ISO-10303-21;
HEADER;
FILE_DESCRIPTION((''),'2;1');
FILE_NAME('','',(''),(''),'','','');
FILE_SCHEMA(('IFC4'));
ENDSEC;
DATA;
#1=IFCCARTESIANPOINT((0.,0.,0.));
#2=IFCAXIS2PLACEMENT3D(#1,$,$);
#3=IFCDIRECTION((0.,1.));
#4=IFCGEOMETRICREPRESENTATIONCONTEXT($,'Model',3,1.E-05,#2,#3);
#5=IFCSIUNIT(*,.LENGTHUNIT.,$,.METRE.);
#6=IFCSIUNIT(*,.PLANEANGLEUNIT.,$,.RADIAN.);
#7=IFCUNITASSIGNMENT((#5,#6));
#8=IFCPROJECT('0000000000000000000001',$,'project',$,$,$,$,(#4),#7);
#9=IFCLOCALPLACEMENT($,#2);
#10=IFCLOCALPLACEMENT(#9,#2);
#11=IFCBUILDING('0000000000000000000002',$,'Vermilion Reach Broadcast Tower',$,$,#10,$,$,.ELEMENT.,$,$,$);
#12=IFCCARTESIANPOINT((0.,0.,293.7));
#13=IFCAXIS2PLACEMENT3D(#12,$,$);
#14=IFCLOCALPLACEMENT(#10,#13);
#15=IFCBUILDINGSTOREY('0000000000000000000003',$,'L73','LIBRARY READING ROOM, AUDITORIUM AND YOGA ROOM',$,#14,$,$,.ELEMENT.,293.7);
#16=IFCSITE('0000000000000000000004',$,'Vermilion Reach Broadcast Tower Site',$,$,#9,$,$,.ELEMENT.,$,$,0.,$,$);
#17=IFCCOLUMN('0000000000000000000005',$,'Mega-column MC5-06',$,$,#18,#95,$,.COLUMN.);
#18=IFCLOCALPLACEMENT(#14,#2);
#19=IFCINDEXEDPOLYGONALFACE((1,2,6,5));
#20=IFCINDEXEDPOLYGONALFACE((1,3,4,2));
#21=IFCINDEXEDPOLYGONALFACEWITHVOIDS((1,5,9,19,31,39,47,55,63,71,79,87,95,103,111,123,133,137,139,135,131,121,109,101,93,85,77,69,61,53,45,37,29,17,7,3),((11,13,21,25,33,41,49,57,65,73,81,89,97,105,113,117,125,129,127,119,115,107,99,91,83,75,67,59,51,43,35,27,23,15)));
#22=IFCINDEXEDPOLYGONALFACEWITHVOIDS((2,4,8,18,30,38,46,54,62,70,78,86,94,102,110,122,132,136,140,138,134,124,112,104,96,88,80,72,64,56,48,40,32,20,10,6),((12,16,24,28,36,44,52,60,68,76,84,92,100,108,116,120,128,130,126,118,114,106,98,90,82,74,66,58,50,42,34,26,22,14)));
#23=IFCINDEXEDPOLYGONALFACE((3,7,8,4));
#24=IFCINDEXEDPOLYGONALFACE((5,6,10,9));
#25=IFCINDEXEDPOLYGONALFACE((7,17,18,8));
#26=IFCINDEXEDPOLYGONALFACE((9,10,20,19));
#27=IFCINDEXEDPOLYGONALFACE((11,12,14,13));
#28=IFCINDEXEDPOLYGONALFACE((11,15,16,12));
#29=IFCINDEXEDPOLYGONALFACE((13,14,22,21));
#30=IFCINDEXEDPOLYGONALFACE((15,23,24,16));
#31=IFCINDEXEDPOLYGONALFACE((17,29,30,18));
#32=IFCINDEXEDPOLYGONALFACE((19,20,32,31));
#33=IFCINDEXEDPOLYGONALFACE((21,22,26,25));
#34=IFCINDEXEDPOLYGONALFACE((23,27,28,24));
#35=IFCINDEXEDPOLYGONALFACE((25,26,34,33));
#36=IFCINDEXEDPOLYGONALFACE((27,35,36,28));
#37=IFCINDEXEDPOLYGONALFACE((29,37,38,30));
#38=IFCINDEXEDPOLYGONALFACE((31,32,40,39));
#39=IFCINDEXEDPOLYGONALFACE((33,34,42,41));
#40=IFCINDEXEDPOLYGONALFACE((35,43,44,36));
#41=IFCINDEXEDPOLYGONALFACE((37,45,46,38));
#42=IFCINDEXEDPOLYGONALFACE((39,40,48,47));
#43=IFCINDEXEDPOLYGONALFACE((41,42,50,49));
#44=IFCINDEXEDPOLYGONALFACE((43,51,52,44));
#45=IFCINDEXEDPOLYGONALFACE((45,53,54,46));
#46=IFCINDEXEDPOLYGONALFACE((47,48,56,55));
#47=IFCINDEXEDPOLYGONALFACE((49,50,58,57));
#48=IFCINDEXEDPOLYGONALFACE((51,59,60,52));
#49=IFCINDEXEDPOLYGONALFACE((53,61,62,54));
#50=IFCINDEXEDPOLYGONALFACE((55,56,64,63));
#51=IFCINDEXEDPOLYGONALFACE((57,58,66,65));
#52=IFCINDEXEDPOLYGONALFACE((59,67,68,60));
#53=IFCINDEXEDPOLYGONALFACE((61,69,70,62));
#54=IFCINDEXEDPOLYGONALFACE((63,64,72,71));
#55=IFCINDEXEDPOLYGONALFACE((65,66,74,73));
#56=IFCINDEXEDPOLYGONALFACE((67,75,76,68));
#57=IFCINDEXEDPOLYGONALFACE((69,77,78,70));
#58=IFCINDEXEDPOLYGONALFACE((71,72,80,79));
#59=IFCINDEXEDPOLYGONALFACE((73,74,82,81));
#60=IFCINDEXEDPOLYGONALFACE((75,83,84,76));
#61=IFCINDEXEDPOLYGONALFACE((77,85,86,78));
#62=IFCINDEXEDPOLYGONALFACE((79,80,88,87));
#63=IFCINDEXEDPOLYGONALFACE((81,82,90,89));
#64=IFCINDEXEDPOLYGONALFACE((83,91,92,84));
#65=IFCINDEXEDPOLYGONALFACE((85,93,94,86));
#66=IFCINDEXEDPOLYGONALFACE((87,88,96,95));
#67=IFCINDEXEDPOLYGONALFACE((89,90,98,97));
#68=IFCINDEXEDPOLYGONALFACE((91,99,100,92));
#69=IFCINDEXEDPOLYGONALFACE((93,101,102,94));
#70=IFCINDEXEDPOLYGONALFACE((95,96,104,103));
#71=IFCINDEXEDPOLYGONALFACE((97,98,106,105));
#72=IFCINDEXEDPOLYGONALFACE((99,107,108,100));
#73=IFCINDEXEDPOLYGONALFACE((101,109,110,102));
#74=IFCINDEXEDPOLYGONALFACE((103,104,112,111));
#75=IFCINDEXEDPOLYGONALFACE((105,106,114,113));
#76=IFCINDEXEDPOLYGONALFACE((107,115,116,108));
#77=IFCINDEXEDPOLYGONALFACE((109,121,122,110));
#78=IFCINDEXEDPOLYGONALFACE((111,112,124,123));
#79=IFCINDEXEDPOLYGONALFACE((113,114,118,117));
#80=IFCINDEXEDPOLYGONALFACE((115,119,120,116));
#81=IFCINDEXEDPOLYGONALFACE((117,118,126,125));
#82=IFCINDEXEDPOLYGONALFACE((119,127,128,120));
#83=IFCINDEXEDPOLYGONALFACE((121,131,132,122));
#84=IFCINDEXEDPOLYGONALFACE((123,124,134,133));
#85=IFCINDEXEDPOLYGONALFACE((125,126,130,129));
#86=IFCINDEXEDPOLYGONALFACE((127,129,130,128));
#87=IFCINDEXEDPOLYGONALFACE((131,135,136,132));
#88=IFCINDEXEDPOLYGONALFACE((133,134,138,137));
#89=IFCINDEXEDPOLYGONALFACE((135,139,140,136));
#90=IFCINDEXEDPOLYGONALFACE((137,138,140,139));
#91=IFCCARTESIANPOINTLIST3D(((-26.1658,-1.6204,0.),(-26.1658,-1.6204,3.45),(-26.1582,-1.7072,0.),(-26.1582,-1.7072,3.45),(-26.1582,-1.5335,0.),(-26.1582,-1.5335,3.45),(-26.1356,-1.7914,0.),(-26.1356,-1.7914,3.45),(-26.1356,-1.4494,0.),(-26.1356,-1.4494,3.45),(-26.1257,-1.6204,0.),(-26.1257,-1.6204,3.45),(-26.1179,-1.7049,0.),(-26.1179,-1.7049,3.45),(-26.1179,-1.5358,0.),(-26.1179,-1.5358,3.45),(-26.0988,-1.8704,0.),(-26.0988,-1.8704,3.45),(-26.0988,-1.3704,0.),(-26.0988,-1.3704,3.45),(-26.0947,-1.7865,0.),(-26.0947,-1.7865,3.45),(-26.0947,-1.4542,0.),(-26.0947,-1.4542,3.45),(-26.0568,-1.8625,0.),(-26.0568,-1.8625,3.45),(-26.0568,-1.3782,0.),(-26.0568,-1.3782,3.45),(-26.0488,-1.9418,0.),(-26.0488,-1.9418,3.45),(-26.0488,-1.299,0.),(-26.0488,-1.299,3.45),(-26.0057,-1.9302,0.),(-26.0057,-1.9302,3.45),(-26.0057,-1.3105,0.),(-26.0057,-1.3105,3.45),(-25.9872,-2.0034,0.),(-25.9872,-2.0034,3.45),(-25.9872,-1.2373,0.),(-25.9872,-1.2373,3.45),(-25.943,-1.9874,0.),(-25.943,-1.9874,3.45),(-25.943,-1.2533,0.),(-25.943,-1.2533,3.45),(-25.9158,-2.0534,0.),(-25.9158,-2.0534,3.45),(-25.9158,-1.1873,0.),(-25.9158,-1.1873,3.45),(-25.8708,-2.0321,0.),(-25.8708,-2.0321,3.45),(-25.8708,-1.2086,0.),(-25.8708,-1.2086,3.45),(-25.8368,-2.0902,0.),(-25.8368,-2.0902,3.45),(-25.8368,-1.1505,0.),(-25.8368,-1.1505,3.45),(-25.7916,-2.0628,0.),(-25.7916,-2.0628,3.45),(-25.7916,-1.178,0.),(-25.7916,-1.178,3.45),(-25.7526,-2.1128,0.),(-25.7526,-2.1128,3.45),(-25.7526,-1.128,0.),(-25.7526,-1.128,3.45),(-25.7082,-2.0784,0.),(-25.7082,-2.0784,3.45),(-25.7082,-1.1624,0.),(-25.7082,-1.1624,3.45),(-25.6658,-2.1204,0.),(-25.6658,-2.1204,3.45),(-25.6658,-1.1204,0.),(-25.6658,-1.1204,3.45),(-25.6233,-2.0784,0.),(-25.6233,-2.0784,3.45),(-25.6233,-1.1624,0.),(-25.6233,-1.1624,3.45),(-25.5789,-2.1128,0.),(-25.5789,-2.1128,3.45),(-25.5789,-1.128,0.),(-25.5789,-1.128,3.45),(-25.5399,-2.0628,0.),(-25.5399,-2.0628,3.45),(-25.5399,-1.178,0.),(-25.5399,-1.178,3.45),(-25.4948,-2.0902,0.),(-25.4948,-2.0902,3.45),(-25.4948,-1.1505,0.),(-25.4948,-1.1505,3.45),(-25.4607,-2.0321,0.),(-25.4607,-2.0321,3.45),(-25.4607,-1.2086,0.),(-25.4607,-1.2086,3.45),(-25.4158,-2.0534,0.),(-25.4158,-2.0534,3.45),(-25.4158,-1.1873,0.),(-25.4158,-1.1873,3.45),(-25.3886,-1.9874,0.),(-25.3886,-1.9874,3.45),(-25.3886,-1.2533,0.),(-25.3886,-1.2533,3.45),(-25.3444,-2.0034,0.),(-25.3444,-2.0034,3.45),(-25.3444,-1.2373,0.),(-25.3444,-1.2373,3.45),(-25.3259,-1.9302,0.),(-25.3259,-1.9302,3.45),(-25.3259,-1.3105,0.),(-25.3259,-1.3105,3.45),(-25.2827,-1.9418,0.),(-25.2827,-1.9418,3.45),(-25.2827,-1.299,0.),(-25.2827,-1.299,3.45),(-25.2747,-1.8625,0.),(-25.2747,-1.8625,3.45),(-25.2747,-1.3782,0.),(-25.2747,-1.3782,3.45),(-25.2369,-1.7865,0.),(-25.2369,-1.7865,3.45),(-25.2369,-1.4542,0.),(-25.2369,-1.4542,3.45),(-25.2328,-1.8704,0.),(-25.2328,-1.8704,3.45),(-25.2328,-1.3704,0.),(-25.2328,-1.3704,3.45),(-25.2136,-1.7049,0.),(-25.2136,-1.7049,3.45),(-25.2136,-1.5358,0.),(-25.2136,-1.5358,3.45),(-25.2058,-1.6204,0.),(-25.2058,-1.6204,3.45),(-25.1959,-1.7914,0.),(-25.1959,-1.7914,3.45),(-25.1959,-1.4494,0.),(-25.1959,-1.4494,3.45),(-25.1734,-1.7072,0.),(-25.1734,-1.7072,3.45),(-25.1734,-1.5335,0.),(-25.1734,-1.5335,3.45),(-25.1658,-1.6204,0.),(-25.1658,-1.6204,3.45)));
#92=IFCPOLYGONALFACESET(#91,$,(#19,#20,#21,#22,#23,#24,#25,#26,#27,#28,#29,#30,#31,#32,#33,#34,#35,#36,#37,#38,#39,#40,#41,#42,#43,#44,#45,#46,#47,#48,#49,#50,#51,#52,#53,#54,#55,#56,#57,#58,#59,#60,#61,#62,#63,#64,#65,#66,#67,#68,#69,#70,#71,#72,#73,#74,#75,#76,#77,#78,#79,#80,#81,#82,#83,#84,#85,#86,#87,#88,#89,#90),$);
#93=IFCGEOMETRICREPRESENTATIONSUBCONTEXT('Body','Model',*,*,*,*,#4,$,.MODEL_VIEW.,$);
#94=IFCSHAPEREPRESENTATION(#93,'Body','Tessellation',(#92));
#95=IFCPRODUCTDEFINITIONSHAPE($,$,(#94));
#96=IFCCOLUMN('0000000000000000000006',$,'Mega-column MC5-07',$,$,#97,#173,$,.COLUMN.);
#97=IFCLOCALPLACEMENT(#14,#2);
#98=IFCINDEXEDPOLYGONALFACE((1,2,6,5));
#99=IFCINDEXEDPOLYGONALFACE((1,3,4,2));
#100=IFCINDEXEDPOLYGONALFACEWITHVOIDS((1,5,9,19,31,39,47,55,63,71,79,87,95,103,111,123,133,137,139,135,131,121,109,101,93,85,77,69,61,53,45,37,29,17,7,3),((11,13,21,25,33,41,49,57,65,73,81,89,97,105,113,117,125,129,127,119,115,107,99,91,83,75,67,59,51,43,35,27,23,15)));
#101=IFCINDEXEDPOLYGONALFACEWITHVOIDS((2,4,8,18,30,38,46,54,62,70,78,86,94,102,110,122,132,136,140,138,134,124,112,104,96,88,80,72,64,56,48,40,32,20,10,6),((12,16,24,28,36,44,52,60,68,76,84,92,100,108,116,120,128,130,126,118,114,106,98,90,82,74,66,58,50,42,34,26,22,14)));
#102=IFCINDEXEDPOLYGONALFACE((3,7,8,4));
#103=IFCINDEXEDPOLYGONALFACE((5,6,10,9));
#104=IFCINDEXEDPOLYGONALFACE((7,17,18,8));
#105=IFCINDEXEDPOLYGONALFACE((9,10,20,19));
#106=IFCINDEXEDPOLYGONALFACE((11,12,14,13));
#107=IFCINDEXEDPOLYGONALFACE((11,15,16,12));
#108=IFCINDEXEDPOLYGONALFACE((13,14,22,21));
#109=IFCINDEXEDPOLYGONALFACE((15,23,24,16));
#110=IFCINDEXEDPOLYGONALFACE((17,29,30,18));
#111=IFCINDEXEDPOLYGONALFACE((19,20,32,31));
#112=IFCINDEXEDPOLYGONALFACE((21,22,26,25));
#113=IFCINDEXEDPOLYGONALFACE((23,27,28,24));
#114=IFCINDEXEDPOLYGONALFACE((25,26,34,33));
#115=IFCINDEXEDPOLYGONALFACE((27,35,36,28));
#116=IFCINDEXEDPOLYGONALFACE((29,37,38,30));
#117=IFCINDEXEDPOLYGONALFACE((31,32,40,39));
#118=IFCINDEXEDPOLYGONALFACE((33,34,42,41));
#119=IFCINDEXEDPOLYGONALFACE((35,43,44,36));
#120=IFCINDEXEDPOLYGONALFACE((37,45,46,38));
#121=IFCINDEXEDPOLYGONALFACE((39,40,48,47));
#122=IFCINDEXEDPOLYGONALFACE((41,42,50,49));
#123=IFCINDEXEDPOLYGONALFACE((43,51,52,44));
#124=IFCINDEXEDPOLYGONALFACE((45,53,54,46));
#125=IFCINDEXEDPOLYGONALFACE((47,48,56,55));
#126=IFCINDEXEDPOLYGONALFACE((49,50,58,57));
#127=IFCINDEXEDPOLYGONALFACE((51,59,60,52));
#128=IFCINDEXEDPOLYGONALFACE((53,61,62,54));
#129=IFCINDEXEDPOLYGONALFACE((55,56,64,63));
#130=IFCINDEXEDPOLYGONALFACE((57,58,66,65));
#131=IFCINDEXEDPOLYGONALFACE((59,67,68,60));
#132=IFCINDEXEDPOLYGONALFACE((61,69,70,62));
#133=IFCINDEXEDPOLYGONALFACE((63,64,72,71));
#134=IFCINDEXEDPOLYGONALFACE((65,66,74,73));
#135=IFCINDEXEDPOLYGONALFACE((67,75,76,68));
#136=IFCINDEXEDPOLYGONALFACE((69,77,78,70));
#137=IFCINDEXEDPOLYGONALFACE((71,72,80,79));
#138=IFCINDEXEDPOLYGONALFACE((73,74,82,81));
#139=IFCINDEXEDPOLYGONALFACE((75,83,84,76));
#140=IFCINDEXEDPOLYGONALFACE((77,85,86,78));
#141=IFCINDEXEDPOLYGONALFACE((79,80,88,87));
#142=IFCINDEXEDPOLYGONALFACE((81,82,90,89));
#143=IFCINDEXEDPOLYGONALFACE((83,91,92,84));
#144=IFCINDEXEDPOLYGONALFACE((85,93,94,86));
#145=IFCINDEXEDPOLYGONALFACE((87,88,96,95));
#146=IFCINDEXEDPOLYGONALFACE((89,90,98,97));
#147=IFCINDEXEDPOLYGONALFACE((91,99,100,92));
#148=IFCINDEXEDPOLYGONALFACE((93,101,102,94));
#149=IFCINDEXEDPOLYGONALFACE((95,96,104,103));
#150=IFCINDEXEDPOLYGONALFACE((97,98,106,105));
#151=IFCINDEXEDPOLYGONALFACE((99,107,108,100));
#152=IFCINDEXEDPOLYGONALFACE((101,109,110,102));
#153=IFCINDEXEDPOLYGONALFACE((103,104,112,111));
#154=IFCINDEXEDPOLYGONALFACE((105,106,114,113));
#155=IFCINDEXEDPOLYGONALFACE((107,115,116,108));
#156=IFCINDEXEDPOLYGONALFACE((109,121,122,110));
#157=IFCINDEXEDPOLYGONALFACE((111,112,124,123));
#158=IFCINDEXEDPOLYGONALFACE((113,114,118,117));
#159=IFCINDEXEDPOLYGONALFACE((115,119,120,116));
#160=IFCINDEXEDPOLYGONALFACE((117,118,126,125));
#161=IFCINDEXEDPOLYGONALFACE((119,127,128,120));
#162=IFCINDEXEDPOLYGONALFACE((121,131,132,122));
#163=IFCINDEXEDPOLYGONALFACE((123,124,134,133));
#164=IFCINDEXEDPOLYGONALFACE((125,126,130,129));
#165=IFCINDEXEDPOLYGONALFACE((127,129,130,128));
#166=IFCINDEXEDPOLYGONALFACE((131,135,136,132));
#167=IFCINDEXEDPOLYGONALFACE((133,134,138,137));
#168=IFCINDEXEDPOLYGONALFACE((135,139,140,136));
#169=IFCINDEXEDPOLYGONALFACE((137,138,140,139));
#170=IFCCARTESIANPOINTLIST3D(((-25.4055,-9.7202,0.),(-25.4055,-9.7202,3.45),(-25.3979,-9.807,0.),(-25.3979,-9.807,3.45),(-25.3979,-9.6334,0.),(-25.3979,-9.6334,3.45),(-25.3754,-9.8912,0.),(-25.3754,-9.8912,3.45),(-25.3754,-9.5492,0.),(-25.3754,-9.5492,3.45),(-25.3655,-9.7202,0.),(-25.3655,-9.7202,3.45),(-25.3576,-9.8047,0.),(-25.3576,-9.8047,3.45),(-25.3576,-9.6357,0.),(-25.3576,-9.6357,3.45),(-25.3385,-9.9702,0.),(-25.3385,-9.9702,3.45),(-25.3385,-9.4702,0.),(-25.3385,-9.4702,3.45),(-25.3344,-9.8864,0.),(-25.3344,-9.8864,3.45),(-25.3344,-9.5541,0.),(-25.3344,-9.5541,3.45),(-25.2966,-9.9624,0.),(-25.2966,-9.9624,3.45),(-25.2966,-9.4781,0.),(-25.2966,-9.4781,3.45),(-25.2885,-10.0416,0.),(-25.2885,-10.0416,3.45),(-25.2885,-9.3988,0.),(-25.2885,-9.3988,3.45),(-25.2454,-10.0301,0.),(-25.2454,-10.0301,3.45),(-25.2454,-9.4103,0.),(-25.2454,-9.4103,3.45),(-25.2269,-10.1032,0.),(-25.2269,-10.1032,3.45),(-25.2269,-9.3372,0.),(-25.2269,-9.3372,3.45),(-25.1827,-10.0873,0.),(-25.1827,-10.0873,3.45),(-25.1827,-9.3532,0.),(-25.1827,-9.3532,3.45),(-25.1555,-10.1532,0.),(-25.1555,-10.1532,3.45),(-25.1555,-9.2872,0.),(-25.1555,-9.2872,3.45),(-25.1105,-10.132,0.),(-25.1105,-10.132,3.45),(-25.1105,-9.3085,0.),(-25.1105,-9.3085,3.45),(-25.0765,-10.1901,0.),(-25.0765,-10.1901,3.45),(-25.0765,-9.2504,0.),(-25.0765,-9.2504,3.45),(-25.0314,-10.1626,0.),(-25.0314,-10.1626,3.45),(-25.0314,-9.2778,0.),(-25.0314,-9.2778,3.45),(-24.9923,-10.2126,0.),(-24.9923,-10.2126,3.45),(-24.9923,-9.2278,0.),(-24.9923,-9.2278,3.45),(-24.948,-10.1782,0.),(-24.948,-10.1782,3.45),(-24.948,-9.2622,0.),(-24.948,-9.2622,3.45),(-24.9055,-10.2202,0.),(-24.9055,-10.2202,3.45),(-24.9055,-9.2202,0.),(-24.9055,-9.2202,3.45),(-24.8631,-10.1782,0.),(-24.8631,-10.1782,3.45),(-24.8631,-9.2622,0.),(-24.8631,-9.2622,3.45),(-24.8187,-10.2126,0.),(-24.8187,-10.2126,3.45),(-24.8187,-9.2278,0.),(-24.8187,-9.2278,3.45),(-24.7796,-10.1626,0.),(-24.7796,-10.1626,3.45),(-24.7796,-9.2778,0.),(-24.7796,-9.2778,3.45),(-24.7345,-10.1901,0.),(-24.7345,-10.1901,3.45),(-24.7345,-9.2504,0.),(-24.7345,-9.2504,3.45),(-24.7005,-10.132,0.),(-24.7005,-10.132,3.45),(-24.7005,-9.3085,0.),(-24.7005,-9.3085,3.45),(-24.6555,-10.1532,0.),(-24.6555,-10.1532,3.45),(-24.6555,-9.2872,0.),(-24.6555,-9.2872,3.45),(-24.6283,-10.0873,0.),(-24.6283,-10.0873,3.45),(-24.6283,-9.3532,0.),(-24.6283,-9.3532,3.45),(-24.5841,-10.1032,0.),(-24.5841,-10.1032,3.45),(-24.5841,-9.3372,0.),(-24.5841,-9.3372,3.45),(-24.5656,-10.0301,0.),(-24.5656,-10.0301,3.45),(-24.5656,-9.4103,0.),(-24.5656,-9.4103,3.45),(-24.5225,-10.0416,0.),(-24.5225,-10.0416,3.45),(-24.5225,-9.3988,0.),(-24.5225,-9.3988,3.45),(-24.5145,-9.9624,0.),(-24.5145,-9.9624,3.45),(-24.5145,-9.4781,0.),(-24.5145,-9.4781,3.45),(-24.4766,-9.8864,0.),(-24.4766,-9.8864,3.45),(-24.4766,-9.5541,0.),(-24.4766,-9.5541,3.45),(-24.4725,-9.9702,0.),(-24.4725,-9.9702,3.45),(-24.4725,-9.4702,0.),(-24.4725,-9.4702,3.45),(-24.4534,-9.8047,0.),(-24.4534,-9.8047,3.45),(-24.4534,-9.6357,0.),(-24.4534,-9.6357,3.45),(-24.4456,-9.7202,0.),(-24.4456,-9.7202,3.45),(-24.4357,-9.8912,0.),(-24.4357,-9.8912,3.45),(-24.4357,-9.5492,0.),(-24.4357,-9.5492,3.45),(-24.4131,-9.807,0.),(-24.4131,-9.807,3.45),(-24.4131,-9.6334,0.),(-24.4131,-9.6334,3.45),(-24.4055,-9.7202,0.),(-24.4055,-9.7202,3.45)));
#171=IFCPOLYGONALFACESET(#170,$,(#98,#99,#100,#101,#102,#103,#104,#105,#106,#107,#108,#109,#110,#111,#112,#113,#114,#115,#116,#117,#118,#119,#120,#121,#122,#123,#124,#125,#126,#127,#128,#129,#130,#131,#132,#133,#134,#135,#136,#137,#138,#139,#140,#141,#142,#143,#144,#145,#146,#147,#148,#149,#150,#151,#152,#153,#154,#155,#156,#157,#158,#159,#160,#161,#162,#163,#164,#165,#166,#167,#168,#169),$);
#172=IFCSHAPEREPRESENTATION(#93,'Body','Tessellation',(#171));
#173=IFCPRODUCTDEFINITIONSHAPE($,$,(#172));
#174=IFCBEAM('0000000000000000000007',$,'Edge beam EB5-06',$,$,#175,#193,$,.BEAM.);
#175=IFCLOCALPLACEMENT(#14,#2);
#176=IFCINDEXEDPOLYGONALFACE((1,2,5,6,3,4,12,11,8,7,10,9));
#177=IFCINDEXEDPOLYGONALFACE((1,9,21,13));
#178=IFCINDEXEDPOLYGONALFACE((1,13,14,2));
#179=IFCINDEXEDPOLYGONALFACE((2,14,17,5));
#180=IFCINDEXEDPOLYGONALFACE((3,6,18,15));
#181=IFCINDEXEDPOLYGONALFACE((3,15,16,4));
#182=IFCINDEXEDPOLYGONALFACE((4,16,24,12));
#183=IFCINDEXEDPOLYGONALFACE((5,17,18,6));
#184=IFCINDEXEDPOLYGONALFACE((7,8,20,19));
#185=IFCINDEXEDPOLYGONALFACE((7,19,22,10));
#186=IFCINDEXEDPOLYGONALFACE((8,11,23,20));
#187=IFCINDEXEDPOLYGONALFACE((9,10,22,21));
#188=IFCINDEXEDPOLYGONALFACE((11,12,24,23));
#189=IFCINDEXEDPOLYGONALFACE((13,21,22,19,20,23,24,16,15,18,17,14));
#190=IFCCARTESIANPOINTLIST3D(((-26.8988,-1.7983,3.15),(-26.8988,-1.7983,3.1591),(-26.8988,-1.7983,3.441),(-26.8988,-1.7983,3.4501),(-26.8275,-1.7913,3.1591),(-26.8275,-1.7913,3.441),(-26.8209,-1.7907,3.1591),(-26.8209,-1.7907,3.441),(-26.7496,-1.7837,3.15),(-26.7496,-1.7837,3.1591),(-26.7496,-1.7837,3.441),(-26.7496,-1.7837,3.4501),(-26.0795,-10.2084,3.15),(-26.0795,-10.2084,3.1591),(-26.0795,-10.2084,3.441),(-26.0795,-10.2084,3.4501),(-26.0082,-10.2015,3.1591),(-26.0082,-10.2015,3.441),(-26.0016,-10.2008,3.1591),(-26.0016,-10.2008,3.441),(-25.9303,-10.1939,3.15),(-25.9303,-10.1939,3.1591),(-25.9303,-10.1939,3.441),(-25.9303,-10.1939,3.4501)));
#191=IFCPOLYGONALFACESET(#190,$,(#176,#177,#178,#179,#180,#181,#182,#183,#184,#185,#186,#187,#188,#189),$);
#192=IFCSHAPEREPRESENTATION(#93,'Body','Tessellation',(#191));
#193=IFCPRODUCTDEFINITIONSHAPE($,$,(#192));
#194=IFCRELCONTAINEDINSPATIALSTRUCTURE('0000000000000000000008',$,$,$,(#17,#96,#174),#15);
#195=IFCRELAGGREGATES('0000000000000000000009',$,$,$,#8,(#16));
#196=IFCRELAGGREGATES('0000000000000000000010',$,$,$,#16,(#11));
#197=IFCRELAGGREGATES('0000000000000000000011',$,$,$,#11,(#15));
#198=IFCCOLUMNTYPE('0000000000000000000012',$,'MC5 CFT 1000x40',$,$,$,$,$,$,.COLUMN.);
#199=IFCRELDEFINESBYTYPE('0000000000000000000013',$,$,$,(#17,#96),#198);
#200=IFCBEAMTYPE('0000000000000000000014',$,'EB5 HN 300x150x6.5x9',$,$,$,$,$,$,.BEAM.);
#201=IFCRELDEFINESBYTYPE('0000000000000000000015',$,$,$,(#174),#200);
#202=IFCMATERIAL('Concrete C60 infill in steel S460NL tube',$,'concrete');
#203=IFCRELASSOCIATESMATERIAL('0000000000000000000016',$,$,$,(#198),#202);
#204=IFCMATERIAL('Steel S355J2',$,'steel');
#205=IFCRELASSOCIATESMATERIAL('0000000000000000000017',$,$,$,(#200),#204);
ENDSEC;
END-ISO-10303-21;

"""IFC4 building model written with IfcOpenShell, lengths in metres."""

from ifc_helpers import new_model, si_unit, direction, frame, origin, origin_2d, place, context, subcontext, project, spatial, hollow_circle, i_section, extrude, material, material_profile, profile_set, type_object, element, save


model = new_model("IFC4")

# Units and contexts
model_context = context("Model", 3, precision=1e-05, world=origin(), true_north=direction((0.0, 1.0)))
body_context = subcontext(model_context, "Body", "Model", "MODEL_VIEW")
ifc_project = project(units=[si_unit("LENGTHUNIT", "METRE"), si_unit("PLANEANGLEUNIT", "RADIAN")], contexts=[model_context])

# Site, building, storey
site_placement = place(None, origin())
site = spatial("IfcSite", under=ifc_project, at=site_placement, Name="Vermilion Reach Broadcast Tower Site", CompositionType="ELEMENT", RefElevation=0.0)
building_placement = place(site_placement, origin())
building = spatial("IfcBuilding", under=site, at=building_placement, Name="Vermilion Reach Broadcast Tower", CompositionType="ELEMENT")
storey_placement = place(building_placement, frame((0.0, 0.0, 293.7)))
storey = spatial("IfcBuildingStorey", under=building, at=storey_placement, Name="L73", Description="LIBRARY READING ROOM, AUDITORIUM AND YOGA ROOM", CompositionType="ELEMENT", Elevation=293.7)

# Columns
ifc_material_1 = material(Name="Concrete C60 infill in steel S460NL tube", Category="concrete")
ifc_material_profile_1 = material_profile(ifc_material_1, hollow_circle(Radius=0.5, WallThickness=0.04, at=origin_2d()), Name="Concrete C60 infill in steel S460NL tube CFT 1000x40")
ifc_profile_set_1 = profile_set([ifc_material_profile_1], Name="Concrete C60 infill in steel S460NL tube")
column_type = type_object("IfcColumnType", Name="MC5 CFT 1000x40", PredefinedType="COLUMN", material=ifc_profile_set_1)
for number, where, z_axis, x_axis, name in (
    (1, (-25.6658, -1.6204, 0.0), (0.0, 0.0, 1.0), (1.0, 0.0, 0.0), "Mega-column MC5-06"),
    (2, (-24.9055, -9.7202, 0.0), (0.0, 0.0, 1.0), (1.0, 0.0, 0.0), "Mega-column MC5-07"),
):
    element("IfcColumn", number, at=place(storey_placement, frame(where, z_axis=z_axis, x_axis=x_axis)), inside=storey, type_object=column_type, Name=name, PredefinedType="COLUMN", context=body_context, shape_type="SweptSolid", body=[
        extrude(hollow_circle(Radius=0.5, WallThickness=0.04, at=origin_2d()), origin(), (0.0, 0.0, 1.0), 3.45),
    ])

# Beam
ifc_material_2 = material(Name="Steel S355J2", Category="steel")
ifc_material_profile_2 = material_profile(ifc_material_2, i_section(OverallWidth=0.1499, OverallDepth=0.3, WebThickness=0.0066, FlangeThickness=0.009, at=origin_2d()), Name="S355J2 HN 300x150x6.5x9")
ifc_profile_set_2 = profile_set([ifc_material_profile_2], Name="Steel S355J2")
beam_type_1 = type_object("IfcBeamType", Name="EB5 HN 300x150x6.5x9", PredefinedType="BEAM", material=ifc_profile_set_2)
beam_1_placement = place(storey_placement, frame((-26.8242, -1.791, 3.3), z_axis=(0.096963, -0.995288, 0.0), x_axis=(0.995288, 0.096963, 0.0)))
element("IfcBeam", 3, at=beam_1_placement, inside=storey, type_object=beam_type_1, Name="Edge beam EB5-06", PredefinedType="BEAM", context=body_context, shape_type="SweptSolid", body=[
    extrude(i_section(OverallWidth=0.1499, OverallDepth=0.3, WebThickness=0.0066, FlangeThickness=0.009, at=origin_2d()), origin(), (0.0, 0.0, 1.0), 8.45),
])

save(model, "model.ifc")
